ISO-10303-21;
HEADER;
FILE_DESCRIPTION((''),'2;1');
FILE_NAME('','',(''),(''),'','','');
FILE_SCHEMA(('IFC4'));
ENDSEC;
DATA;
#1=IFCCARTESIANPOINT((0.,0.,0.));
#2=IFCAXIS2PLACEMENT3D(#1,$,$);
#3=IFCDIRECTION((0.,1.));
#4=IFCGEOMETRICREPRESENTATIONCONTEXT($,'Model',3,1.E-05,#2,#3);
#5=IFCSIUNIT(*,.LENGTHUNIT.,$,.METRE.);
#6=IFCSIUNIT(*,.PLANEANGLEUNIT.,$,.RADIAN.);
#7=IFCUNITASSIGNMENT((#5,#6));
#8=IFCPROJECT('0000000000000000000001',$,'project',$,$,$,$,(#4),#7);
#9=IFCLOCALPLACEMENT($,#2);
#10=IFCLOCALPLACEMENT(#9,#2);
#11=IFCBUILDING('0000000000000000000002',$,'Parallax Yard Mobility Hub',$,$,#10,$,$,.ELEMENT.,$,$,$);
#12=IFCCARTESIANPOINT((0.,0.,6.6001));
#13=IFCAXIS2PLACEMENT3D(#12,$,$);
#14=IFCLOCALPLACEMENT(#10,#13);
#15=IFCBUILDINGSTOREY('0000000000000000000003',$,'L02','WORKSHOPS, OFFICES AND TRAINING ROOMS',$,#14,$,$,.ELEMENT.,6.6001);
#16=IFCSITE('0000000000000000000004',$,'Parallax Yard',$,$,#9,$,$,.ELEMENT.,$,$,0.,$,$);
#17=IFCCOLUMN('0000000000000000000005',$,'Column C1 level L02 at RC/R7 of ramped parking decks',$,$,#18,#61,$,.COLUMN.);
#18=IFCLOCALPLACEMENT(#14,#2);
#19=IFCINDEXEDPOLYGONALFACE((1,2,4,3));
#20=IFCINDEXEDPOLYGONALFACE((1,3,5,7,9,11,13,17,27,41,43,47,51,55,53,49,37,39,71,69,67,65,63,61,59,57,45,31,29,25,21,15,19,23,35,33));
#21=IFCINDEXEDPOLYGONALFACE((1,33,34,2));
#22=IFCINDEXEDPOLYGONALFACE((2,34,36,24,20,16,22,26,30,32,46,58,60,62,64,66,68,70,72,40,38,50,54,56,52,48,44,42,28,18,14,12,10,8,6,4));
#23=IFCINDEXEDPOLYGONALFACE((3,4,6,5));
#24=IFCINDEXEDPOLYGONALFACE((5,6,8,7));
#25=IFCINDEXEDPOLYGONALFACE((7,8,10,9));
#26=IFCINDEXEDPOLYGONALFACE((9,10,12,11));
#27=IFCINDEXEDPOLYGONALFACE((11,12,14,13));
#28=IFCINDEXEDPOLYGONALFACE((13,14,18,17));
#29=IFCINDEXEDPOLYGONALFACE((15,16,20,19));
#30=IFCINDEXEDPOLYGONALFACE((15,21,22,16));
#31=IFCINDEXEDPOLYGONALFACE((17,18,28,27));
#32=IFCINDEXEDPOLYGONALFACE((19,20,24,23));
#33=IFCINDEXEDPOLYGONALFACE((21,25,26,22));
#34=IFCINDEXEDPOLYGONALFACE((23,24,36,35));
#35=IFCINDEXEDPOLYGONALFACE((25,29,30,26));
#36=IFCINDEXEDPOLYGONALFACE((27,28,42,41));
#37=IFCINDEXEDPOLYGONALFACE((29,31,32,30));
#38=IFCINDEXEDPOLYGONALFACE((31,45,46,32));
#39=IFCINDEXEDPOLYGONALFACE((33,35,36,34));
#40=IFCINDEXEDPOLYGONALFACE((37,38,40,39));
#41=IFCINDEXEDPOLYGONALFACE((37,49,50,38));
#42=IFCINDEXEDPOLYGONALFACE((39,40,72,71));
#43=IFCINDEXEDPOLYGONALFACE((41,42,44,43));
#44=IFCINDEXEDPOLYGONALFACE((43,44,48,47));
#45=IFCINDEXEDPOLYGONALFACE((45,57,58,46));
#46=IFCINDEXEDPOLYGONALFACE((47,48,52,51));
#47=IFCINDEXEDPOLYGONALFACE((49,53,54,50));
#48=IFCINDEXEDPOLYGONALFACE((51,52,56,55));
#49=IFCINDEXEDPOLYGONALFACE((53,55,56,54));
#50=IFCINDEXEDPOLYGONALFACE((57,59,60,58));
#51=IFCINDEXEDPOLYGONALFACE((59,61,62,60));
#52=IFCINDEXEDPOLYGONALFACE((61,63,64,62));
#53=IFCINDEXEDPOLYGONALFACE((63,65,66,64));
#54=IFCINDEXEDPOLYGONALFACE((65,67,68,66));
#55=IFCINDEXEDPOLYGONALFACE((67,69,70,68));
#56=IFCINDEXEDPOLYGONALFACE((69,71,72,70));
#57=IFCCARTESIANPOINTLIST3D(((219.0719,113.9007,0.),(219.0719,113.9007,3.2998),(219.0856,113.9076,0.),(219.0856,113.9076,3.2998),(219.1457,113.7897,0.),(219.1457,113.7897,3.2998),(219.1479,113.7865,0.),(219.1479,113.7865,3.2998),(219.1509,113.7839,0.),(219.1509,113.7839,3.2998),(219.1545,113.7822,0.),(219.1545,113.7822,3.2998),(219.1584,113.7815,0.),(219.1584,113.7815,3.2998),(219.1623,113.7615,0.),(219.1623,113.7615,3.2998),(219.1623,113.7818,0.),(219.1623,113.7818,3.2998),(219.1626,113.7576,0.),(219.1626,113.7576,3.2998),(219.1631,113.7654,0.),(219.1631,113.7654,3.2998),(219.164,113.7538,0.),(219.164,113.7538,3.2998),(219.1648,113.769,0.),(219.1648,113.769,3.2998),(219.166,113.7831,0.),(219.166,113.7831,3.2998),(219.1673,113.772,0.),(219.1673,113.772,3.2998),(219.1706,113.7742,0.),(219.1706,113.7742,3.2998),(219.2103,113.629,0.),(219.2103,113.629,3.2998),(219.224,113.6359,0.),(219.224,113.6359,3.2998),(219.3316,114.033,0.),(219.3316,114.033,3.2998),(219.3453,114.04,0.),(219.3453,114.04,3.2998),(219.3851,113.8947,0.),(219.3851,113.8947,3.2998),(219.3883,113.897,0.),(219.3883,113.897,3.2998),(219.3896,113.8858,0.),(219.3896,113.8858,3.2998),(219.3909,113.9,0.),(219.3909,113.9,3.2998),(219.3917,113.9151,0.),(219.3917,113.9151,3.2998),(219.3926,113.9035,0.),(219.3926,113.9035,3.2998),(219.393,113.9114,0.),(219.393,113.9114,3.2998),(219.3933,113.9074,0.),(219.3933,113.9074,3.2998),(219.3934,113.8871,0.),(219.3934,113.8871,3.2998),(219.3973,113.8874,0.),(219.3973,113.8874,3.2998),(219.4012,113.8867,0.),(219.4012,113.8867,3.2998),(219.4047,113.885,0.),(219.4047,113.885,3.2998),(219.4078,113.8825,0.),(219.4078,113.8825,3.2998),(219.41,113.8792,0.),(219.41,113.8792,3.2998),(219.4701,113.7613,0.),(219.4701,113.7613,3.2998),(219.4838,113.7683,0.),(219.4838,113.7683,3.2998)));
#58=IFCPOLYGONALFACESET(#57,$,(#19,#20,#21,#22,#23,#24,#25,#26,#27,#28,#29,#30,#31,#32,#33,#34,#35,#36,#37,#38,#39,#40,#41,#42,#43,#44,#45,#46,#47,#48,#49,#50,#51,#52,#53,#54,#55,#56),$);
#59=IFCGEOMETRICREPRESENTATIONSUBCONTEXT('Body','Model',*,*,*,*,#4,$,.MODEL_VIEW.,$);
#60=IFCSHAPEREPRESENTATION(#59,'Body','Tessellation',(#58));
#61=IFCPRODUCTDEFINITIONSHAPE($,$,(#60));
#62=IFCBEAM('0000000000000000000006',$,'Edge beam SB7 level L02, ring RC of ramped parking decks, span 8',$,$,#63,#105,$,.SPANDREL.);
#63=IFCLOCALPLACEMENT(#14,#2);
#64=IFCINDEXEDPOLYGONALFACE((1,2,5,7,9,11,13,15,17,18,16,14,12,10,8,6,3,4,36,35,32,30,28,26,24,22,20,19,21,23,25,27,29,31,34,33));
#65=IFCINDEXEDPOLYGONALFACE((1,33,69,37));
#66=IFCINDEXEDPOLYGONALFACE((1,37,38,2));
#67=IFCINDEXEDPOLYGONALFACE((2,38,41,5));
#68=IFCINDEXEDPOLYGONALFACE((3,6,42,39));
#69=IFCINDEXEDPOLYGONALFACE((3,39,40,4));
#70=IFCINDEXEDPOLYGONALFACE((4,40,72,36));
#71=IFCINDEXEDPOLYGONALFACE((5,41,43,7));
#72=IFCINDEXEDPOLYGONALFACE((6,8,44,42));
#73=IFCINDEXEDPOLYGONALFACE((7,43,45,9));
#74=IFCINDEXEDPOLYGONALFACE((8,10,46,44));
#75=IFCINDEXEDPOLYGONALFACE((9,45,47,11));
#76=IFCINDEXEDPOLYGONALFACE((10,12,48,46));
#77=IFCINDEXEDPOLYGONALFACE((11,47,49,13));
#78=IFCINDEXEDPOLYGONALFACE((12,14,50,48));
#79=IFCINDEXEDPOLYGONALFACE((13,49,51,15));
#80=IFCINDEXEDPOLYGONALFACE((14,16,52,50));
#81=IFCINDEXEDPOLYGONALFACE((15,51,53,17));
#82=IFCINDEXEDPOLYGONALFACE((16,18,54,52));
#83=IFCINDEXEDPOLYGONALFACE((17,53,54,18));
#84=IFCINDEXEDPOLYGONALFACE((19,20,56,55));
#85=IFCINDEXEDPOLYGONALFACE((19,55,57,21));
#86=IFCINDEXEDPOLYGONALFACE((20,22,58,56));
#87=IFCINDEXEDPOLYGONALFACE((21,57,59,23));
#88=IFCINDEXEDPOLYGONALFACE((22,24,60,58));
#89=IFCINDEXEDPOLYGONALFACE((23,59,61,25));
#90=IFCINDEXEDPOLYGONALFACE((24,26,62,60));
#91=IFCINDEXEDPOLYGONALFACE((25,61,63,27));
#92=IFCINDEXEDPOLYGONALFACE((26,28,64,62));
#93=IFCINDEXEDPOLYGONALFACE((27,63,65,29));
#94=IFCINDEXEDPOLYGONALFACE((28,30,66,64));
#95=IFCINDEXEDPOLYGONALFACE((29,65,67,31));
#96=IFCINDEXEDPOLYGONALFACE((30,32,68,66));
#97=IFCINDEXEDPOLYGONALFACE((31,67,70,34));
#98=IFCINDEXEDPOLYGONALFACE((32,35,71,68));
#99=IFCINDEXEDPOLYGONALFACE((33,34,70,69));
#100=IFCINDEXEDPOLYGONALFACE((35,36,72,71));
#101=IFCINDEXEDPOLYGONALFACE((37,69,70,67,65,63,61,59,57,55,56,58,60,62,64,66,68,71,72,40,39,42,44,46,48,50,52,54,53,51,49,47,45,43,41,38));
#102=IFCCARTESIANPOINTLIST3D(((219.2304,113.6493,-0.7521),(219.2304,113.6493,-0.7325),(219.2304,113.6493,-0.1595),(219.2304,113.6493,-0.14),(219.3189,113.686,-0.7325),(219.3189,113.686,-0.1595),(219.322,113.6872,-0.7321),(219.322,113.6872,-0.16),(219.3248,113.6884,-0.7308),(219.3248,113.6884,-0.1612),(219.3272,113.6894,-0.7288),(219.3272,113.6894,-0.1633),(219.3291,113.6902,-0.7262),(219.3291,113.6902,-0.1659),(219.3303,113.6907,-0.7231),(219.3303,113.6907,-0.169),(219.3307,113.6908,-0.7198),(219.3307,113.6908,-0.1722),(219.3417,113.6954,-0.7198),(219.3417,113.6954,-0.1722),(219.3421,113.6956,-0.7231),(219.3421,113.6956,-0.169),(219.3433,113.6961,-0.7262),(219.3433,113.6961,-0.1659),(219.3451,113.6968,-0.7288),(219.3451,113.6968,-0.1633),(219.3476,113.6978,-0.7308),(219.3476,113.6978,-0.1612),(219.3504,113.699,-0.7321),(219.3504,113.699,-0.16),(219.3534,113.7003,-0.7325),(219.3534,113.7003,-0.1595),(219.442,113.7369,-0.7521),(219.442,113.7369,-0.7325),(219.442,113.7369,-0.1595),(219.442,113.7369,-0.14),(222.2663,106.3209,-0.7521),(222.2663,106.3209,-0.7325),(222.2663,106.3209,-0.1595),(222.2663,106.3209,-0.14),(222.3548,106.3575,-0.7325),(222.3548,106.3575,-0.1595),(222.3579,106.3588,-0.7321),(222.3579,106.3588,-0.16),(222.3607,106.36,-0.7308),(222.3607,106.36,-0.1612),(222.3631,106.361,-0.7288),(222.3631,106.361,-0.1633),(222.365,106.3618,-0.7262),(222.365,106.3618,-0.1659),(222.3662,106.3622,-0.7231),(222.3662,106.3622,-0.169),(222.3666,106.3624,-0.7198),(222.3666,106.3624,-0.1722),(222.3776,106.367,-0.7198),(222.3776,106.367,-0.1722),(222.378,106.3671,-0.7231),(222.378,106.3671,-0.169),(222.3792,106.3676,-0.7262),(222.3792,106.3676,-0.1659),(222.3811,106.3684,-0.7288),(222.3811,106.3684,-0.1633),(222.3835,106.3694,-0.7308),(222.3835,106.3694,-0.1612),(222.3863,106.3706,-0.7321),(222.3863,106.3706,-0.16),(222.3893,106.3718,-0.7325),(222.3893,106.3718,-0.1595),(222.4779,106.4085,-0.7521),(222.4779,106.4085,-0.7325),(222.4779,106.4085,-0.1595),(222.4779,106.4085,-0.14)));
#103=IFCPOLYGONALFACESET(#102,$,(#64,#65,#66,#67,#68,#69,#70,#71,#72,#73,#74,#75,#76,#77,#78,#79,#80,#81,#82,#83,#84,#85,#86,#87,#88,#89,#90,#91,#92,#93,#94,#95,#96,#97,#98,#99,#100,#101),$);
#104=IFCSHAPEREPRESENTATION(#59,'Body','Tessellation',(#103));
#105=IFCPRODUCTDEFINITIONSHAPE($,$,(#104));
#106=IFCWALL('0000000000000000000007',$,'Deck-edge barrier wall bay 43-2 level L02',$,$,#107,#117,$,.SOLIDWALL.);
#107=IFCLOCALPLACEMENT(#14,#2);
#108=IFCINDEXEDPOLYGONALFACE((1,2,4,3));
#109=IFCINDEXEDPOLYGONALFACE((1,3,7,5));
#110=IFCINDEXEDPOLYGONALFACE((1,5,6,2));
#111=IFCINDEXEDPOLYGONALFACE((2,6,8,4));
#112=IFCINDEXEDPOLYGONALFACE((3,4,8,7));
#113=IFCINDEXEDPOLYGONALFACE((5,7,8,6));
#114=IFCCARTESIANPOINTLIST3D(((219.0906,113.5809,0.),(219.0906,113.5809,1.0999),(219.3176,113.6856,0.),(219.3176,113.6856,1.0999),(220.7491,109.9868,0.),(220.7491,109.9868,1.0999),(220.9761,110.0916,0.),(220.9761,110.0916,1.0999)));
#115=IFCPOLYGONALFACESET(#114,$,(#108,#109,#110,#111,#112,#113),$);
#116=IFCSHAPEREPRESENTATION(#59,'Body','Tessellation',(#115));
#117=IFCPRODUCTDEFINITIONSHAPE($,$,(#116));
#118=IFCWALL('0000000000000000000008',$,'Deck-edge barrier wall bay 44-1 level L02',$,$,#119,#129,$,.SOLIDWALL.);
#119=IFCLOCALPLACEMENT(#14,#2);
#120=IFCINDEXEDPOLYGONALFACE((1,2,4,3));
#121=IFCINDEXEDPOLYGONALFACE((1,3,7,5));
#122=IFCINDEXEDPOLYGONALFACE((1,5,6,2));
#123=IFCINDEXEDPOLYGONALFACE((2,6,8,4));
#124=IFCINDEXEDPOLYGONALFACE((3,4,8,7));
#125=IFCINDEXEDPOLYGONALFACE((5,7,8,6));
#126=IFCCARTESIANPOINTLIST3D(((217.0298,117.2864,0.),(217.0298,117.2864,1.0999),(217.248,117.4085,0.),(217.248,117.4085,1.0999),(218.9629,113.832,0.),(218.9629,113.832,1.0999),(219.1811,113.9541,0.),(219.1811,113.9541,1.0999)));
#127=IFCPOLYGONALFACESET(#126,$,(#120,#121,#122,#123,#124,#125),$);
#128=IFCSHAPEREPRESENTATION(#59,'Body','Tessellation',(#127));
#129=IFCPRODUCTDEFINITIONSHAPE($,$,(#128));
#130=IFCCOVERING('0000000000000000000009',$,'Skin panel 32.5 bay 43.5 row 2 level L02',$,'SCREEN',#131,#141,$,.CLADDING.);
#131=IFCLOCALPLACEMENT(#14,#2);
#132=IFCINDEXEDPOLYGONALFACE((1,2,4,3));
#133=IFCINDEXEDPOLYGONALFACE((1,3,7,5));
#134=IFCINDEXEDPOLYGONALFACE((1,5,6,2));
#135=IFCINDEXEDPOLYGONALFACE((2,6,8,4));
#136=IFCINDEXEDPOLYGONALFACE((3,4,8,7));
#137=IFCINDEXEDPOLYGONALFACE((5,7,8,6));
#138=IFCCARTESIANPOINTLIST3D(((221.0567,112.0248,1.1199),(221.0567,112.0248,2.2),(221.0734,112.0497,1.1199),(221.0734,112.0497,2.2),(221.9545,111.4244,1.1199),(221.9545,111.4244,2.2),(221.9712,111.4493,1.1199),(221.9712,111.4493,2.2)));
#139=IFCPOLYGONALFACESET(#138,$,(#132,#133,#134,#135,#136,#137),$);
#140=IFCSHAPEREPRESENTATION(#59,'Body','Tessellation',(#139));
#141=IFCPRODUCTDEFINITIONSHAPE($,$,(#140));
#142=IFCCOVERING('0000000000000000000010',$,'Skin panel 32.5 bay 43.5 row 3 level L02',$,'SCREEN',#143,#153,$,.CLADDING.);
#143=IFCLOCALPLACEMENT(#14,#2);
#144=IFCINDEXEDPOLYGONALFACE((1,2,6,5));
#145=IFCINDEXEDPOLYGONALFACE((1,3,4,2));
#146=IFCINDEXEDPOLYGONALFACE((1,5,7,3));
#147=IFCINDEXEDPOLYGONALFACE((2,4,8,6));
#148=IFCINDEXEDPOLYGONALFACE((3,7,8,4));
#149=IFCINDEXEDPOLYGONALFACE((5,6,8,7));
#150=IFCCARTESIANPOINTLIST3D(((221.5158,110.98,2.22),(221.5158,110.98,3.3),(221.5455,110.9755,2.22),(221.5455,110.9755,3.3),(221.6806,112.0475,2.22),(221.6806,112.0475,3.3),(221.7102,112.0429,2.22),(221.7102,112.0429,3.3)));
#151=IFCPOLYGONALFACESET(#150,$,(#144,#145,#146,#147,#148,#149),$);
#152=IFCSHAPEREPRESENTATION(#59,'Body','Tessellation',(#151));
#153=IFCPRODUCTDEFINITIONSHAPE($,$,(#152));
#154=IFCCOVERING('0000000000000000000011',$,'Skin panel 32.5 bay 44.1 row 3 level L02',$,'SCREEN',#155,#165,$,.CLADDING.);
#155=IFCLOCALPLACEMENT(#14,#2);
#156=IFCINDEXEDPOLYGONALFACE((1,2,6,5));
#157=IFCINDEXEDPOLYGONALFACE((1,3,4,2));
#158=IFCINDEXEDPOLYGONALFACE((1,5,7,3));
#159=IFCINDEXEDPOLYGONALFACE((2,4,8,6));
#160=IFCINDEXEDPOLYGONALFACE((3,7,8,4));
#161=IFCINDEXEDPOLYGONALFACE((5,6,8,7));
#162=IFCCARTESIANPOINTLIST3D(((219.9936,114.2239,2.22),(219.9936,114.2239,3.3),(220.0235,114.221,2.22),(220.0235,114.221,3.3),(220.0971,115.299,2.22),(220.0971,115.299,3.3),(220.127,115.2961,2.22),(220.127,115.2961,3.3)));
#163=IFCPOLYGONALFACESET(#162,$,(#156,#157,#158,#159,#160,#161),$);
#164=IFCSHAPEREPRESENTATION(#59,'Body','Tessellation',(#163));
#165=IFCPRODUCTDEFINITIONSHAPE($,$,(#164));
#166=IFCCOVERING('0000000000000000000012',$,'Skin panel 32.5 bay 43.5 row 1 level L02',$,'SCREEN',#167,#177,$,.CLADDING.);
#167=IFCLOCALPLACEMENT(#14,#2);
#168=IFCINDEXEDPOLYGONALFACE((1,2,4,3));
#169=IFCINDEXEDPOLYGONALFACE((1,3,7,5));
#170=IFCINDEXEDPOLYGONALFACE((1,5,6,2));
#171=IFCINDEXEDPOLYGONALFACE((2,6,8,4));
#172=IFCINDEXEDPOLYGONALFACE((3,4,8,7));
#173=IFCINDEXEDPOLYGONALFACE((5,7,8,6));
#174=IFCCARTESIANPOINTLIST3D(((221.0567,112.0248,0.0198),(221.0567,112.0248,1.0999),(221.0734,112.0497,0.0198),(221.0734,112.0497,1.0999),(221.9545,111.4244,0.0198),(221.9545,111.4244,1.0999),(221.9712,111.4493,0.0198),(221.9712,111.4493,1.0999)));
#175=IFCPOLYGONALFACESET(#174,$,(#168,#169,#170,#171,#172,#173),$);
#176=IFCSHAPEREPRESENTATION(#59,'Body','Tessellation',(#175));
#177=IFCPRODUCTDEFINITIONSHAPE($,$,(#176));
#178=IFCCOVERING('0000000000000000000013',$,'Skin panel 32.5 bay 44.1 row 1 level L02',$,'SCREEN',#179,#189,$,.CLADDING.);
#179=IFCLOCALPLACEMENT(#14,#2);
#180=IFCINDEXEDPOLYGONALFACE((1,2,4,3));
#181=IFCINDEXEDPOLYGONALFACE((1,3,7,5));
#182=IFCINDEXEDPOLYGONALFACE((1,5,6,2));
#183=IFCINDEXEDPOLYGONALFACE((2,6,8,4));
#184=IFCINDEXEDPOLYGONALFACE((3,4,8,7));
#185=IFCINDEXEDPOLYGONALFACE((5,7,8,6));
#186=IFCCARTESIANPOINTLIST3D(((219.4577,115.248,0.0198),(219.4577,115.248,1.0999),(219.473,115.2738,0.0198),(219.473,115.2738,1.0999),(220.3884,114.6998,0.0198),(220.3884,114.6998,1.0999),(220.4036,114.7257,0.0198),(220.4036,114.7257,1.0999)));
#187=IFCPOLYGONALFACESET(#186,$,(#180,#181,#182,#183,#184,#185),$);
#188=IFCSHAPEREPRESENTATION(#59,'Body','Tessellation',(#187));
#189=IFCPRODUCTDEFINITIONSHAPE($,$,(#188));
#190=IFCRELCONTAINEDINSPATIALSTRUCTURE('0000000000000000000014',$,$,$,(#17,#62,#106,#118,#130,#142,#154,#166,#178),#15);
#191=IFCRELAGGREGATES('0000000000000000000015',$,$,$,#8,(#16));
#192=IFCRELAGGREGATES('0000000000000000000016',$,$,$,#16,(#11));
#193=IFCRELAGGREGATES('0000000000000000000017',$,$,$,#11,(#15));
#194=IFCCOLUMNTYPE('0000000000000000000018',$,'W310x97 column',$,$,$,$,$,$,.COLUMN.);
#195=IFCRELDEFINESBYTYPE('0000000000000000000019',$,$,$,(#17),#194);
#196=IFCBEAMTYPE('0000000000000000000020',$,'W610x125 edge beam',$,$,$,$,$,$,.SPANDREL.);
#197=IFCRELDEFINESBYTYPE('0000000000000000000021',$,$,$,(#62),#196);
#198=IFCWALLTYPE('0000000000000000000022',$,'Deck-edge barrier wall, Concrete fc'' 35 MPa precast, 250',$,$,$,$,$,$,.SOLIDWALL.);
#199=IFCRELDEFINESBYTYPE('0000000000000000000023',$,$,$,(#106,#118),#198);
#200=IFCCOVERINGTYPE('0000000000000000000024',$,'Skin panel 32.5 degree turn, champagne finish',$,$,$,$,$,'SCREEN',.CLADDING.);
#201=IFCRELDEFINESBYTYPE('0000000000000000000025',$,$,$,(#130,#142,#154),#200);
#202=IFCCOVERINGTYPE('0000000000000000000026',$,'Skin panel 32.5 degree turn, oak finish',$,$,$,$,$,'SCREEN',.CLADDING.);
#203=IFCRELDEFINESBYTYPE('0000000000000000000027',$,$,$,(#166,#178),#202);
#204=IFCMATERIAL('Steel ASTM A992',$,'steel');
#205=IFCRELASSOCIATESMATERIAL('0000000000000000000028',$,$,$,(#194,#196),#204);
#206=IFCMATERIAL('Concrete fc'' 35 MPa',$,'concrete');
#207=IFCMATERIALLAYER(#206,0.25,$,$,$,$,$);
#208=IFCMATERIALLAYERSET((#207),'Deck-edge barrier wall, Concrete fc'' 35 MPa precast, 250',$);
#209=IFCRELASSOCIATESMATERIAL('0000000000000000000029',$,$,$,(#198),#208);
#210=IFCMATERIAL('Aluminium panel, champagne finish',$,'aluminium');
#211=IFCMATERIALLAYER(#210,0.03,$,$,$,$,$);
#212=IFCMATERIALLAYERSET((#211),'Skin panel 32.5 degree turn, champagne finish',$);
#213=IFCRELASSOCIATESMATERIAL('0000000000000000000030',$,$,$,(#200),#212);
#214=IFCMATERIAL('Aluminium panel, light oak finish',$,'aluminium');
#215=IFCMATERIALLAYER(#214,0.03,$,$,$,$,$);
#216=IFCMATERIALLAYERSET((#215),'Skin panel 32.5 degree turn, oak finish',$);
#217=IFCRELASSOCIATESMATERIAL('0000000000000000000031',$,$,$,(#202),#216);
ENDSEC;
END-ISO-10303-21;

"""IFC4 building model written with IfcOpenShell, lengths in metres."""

from ifc_helpers import new_model, si_unit, direction, frame, frame_2d, origin, origin_2d, place, context, subcontext, project, spatial, rectangle, i_section, extrude, material, layer, layer_set, material_profile, profile_set, type_object, element, save


model = new_model("IFC4")

# Units and contexts
model_context = context("Model", 3, precision=1e-05, world=origin(), true_north=direction((0.0, 1.0)))
body_context = subcontext(model_context, "Body", "Model", "MODEL_VIEW")
ifc_project = project(units=[si_unit("LENGTHUNIT", "METRE"), si_unit("PLANEANGLEUNIT", "RADIAN")], contexts=[model_context])

# Site, building, storey
site_placement = place(None, origin())
site = spatial("IfcSite", under=ifc_project, at=site_placement, Name="Parallax Yard", CompositionType="ELEMENT", RefElevation=0.0)
building_placement = place(site_placement, origin())
building = spatial("IfcBuilding", under=site, at=building_placement, Name="Parallax Yard Mobility Hub", CompositionType="ELEMENT")
storey_placement = place(building_placement, frame((0.0, 0.0, 6.6001)))
storey = spatial("IfcBuildingStorey", under=building, at=storey_placement, Name="L02", Description="WORKSHOPS, OFFICES AND TRAINING ROOMS", CompositionType="ELEMENT", Elevation=6.6001)

# Column
ifc_material_1 = material(Name="Steel ASTM A992", Category="steel")
ifc_material_profile_1 = material_profile(ifc_material_1, i_section(OverallWidth=0.3049, OverallDepth=0.3069, WebThickness=0.01, FlangeThickness=0.0154, FilletRadius=0.0151, at=origin_2d()), Name="W310x97")
ifc_profile_set_1 = profile_set([ifc_material_profile_1], Name="Steel ASTM A992")
column_type = type_object("IfcColumnType", Name="W310x97 column", PredefinedType="COLUMN", material=ifc_profile_set_1)
column_placement = place(storey_placement, frame((219.2778, 113.8345, 0.0), z_axis=(0.0, 0.0, 1.0), x_axis=(-0.45399, 0.891007, 0.0)))
element("IfcColumn", 1, at=column_placement, inside=storey, type_object=column_type, Name="Column C1 level L02 at RC/R7 of ramped parking decks", PredefinedType="COLUMN", context=body_context, shape_type="SweptSolid", body=[
    extrude(i_section(OverallWidth=0.3049, OverallDepth=0.3069, WebThickness=0.01, FlangeThickness=0.0154, FilletRadius=0.0151, at=origin_2d()), origin(), (0.0, 0.0, 1.0), 3.2998),
])

# Beam
ifc_material_profile_2 = material_profile(ifc_material_1, i_section(OverallWidth=0.229, OverallDepth=0.6121, WebThickness=0.012, FlangeThickness=0.0195, FilletRadius=0.0127, at=origin_2d()), Name="W610x125")
ifc_profile_set_2 = profile_set([ifc_material_profile_2], Name="Steel ASTM A992")
beam_type = type_object("IfcBeamType", Name="W610x125 edge beam", PredefinedType="SPANDREL", material=ifc_profile_set_2)
beam_placement = place(storey_placement, frame((219.3362, 113.6931, -0.446), z_axis=(0.382724, -0.923863, 0.0), x_axis=(0.923863, 0.382724, 0.0)))
element("IfcBeam", 2, at=beam_placement, inside=storey, type_object=beam_type, Name="Edge beam SB7 level L02, ring RC of ramped parking decks, span 8", PredefinedType="SPANDREL", context=body_context, shape_type="SweptSolid", body=[
    extrude(i_section(OverallWidth=0.229, OverallDepth=0.6121, WebThickness=0.012, FlangeThickness=0.0195, FilletRadius=0.0127, at=origin_2d()), origin(), (0.0, 0.0, 1.0), 7.9324),
])

# Walls
ifc_material_2 = material(Name="Concrete fc' 35 MPa", Category="concrete")
ifc_layer_1 = layer(ifc_material_2, 0.25)
ifc_layer_set_1 = layer_set([ifc_layer_1], Name="Deck-edge barrier wall, Concrete fc' 35 MPa precast, 250")
wall_type = type_object("IfcWallType", Name="Deck-edge barrier wall, Concrete fc' 35 MPa precast, 250", PredefinedType="SOLIDWALL", material=ifc_layer_set_1)
wall_1_placement = place(storey_placement, frame((220.8625, 110.0393, 0.0), z_axis=(0.0, 0.0, 1.0), x_axis=(-0.418992, 0.90799, 0.0)))
element("IfcWall", 3, at=wall_1_placement, inside=storey, type_object=wall_type, Name="Deck-edge barrier wall bay 43-2 level L02", PredefinedType="SOLIDWALL", context=body_context, shape_type="SweptSolid", body=[
    extrude(rectangle(XDim=3.9583, YDim=0.25, at=frame_2d((1.979, 0.0))), origin(), (0.0, 0.0, 1.0), 1.0999),
])
wall_2_placement = place(storey_placement, frame((219.072, 113.8931, 0.0), z_axis=(0.0, 0.0, 1.0), x_axis=(-0.488348, 0.872649, 0.0)))
element("IfcWall", 4, at=wall_2_placement, inside=storey, type_object=wall_type, Name="Deck-edge barrier wall bay 44-1 level L02", PredefinedType="SOLIDWALL", context=body_context, shape_type="SweptSolid", body=[
    extrude(rectangle(XDim=3.9585, YDim=0.25, at=frame_2d((1.9792, 0.0))), origin(), (0.0, 0.0, 1.0), 1.0999),
])

# Coverings
ifc_material_3 = material(Name="Aluminium panel, champagne finish", Category="aluminium")
ifc_layer_2 = layer(ifc_material_3, 0.03)
ifc_layer_set_2 = layer_set([ifc_layer_2], Name="Skin panel 32.5 degree turn, champagne finish")
covering_type_1 = type_object("IfcCoveringType", Name="Skin panel 32.5 degree turn, champagne finish", ElementType="SCREEN", PredefinedType="CLADDING", material=ifc_layer_set_2)
for number, where, z_axis, x_axis, name in (
    (5, (221.5139, 111.7371, 1.1199), (0.0, 0.0, 1.0), (0.831249, -0.5559, 0.0), "Skin panel 32.5 bay 43.5 row 2 level L02"),
    (6, (221.613, 111.5115, 2.22), (0.0, 0.0, 1.0), (0.152515, 0.988301, 0.0), "Skin panel 32.5 bay 43.5 row 3 level L02"),
    (7, (220.0603, 114.76, 2.22), (0.0, 0.0, 1.0), (0.095846, 0.995396, 0.0), "Skin panel 32.5 bay 44.1 row 3 level L02"),
):
    element("IfcCovering", number, at=place(storey_placement, frame(where, z_axis=z_axis, x_axis=x_axis)), inside=storey, type_object=covering_type_1, Name=name, ObjectType="SCREEN", PredefinedType="CLADDING", context=body_context, shape_type="SweptSolid", body=[
        extrude(rectangle(XDim=1.0801, YDim=0.03, at=origin_2d()), origin(), (0.0, 0.0, 1.0), 1.0801),
    ])
ifc_material_4 = material(Name="Aluminium panel, light oak finish", Category="aluminium")
ifc_layer_3 = layer(ifc_material_4, 0.03)
ifc_layer_set_3 = layer_set([ifc_layer_3], Name="Skin panel 32.5 degree turn, oak finish")
covering_type_2 = type_object("IfcCoveringType", Name="Skin panel 32.5 degree turn, oak finish", ElementType="SCREEN", PredefinedType="CLADDING", material=ifc_layer_set_3)
for number, where, z_axis, x_axis, name in (
    (8, (221.5139, 111.7371, 0.0198), (0.0, 0.0, 1.0), (0.831249, -0.5559, 0.0), "Skin panel 32.5 bay 43.5 row 1 level L02"),
    (9, (219.9307, 114.9868, 0.0198), (0.0, 0.0, 1.0), (0.861629, -0.507538, 0.0), "Skin panel 32.5 bay 44.1 row 1 level L02"),
):
    element("IfcCovering", number, at=place(storey_placement, frame(where, z_axis=z_axis, x_axis=x_axis)), inside=storey, type_object=covering_type_2, Name=name, ObjectType="SCREEN", PredefinedType="CLADDING", context=body_context, shape_type="SweptSolid", body=[
        extrude(rectangle(XDim=1.0801, YDim=0.03, at=origin_2d()), origin(), (0.0, 0.0, 1.0), 1.0801),
    ])

save(model, "model.ifc")
